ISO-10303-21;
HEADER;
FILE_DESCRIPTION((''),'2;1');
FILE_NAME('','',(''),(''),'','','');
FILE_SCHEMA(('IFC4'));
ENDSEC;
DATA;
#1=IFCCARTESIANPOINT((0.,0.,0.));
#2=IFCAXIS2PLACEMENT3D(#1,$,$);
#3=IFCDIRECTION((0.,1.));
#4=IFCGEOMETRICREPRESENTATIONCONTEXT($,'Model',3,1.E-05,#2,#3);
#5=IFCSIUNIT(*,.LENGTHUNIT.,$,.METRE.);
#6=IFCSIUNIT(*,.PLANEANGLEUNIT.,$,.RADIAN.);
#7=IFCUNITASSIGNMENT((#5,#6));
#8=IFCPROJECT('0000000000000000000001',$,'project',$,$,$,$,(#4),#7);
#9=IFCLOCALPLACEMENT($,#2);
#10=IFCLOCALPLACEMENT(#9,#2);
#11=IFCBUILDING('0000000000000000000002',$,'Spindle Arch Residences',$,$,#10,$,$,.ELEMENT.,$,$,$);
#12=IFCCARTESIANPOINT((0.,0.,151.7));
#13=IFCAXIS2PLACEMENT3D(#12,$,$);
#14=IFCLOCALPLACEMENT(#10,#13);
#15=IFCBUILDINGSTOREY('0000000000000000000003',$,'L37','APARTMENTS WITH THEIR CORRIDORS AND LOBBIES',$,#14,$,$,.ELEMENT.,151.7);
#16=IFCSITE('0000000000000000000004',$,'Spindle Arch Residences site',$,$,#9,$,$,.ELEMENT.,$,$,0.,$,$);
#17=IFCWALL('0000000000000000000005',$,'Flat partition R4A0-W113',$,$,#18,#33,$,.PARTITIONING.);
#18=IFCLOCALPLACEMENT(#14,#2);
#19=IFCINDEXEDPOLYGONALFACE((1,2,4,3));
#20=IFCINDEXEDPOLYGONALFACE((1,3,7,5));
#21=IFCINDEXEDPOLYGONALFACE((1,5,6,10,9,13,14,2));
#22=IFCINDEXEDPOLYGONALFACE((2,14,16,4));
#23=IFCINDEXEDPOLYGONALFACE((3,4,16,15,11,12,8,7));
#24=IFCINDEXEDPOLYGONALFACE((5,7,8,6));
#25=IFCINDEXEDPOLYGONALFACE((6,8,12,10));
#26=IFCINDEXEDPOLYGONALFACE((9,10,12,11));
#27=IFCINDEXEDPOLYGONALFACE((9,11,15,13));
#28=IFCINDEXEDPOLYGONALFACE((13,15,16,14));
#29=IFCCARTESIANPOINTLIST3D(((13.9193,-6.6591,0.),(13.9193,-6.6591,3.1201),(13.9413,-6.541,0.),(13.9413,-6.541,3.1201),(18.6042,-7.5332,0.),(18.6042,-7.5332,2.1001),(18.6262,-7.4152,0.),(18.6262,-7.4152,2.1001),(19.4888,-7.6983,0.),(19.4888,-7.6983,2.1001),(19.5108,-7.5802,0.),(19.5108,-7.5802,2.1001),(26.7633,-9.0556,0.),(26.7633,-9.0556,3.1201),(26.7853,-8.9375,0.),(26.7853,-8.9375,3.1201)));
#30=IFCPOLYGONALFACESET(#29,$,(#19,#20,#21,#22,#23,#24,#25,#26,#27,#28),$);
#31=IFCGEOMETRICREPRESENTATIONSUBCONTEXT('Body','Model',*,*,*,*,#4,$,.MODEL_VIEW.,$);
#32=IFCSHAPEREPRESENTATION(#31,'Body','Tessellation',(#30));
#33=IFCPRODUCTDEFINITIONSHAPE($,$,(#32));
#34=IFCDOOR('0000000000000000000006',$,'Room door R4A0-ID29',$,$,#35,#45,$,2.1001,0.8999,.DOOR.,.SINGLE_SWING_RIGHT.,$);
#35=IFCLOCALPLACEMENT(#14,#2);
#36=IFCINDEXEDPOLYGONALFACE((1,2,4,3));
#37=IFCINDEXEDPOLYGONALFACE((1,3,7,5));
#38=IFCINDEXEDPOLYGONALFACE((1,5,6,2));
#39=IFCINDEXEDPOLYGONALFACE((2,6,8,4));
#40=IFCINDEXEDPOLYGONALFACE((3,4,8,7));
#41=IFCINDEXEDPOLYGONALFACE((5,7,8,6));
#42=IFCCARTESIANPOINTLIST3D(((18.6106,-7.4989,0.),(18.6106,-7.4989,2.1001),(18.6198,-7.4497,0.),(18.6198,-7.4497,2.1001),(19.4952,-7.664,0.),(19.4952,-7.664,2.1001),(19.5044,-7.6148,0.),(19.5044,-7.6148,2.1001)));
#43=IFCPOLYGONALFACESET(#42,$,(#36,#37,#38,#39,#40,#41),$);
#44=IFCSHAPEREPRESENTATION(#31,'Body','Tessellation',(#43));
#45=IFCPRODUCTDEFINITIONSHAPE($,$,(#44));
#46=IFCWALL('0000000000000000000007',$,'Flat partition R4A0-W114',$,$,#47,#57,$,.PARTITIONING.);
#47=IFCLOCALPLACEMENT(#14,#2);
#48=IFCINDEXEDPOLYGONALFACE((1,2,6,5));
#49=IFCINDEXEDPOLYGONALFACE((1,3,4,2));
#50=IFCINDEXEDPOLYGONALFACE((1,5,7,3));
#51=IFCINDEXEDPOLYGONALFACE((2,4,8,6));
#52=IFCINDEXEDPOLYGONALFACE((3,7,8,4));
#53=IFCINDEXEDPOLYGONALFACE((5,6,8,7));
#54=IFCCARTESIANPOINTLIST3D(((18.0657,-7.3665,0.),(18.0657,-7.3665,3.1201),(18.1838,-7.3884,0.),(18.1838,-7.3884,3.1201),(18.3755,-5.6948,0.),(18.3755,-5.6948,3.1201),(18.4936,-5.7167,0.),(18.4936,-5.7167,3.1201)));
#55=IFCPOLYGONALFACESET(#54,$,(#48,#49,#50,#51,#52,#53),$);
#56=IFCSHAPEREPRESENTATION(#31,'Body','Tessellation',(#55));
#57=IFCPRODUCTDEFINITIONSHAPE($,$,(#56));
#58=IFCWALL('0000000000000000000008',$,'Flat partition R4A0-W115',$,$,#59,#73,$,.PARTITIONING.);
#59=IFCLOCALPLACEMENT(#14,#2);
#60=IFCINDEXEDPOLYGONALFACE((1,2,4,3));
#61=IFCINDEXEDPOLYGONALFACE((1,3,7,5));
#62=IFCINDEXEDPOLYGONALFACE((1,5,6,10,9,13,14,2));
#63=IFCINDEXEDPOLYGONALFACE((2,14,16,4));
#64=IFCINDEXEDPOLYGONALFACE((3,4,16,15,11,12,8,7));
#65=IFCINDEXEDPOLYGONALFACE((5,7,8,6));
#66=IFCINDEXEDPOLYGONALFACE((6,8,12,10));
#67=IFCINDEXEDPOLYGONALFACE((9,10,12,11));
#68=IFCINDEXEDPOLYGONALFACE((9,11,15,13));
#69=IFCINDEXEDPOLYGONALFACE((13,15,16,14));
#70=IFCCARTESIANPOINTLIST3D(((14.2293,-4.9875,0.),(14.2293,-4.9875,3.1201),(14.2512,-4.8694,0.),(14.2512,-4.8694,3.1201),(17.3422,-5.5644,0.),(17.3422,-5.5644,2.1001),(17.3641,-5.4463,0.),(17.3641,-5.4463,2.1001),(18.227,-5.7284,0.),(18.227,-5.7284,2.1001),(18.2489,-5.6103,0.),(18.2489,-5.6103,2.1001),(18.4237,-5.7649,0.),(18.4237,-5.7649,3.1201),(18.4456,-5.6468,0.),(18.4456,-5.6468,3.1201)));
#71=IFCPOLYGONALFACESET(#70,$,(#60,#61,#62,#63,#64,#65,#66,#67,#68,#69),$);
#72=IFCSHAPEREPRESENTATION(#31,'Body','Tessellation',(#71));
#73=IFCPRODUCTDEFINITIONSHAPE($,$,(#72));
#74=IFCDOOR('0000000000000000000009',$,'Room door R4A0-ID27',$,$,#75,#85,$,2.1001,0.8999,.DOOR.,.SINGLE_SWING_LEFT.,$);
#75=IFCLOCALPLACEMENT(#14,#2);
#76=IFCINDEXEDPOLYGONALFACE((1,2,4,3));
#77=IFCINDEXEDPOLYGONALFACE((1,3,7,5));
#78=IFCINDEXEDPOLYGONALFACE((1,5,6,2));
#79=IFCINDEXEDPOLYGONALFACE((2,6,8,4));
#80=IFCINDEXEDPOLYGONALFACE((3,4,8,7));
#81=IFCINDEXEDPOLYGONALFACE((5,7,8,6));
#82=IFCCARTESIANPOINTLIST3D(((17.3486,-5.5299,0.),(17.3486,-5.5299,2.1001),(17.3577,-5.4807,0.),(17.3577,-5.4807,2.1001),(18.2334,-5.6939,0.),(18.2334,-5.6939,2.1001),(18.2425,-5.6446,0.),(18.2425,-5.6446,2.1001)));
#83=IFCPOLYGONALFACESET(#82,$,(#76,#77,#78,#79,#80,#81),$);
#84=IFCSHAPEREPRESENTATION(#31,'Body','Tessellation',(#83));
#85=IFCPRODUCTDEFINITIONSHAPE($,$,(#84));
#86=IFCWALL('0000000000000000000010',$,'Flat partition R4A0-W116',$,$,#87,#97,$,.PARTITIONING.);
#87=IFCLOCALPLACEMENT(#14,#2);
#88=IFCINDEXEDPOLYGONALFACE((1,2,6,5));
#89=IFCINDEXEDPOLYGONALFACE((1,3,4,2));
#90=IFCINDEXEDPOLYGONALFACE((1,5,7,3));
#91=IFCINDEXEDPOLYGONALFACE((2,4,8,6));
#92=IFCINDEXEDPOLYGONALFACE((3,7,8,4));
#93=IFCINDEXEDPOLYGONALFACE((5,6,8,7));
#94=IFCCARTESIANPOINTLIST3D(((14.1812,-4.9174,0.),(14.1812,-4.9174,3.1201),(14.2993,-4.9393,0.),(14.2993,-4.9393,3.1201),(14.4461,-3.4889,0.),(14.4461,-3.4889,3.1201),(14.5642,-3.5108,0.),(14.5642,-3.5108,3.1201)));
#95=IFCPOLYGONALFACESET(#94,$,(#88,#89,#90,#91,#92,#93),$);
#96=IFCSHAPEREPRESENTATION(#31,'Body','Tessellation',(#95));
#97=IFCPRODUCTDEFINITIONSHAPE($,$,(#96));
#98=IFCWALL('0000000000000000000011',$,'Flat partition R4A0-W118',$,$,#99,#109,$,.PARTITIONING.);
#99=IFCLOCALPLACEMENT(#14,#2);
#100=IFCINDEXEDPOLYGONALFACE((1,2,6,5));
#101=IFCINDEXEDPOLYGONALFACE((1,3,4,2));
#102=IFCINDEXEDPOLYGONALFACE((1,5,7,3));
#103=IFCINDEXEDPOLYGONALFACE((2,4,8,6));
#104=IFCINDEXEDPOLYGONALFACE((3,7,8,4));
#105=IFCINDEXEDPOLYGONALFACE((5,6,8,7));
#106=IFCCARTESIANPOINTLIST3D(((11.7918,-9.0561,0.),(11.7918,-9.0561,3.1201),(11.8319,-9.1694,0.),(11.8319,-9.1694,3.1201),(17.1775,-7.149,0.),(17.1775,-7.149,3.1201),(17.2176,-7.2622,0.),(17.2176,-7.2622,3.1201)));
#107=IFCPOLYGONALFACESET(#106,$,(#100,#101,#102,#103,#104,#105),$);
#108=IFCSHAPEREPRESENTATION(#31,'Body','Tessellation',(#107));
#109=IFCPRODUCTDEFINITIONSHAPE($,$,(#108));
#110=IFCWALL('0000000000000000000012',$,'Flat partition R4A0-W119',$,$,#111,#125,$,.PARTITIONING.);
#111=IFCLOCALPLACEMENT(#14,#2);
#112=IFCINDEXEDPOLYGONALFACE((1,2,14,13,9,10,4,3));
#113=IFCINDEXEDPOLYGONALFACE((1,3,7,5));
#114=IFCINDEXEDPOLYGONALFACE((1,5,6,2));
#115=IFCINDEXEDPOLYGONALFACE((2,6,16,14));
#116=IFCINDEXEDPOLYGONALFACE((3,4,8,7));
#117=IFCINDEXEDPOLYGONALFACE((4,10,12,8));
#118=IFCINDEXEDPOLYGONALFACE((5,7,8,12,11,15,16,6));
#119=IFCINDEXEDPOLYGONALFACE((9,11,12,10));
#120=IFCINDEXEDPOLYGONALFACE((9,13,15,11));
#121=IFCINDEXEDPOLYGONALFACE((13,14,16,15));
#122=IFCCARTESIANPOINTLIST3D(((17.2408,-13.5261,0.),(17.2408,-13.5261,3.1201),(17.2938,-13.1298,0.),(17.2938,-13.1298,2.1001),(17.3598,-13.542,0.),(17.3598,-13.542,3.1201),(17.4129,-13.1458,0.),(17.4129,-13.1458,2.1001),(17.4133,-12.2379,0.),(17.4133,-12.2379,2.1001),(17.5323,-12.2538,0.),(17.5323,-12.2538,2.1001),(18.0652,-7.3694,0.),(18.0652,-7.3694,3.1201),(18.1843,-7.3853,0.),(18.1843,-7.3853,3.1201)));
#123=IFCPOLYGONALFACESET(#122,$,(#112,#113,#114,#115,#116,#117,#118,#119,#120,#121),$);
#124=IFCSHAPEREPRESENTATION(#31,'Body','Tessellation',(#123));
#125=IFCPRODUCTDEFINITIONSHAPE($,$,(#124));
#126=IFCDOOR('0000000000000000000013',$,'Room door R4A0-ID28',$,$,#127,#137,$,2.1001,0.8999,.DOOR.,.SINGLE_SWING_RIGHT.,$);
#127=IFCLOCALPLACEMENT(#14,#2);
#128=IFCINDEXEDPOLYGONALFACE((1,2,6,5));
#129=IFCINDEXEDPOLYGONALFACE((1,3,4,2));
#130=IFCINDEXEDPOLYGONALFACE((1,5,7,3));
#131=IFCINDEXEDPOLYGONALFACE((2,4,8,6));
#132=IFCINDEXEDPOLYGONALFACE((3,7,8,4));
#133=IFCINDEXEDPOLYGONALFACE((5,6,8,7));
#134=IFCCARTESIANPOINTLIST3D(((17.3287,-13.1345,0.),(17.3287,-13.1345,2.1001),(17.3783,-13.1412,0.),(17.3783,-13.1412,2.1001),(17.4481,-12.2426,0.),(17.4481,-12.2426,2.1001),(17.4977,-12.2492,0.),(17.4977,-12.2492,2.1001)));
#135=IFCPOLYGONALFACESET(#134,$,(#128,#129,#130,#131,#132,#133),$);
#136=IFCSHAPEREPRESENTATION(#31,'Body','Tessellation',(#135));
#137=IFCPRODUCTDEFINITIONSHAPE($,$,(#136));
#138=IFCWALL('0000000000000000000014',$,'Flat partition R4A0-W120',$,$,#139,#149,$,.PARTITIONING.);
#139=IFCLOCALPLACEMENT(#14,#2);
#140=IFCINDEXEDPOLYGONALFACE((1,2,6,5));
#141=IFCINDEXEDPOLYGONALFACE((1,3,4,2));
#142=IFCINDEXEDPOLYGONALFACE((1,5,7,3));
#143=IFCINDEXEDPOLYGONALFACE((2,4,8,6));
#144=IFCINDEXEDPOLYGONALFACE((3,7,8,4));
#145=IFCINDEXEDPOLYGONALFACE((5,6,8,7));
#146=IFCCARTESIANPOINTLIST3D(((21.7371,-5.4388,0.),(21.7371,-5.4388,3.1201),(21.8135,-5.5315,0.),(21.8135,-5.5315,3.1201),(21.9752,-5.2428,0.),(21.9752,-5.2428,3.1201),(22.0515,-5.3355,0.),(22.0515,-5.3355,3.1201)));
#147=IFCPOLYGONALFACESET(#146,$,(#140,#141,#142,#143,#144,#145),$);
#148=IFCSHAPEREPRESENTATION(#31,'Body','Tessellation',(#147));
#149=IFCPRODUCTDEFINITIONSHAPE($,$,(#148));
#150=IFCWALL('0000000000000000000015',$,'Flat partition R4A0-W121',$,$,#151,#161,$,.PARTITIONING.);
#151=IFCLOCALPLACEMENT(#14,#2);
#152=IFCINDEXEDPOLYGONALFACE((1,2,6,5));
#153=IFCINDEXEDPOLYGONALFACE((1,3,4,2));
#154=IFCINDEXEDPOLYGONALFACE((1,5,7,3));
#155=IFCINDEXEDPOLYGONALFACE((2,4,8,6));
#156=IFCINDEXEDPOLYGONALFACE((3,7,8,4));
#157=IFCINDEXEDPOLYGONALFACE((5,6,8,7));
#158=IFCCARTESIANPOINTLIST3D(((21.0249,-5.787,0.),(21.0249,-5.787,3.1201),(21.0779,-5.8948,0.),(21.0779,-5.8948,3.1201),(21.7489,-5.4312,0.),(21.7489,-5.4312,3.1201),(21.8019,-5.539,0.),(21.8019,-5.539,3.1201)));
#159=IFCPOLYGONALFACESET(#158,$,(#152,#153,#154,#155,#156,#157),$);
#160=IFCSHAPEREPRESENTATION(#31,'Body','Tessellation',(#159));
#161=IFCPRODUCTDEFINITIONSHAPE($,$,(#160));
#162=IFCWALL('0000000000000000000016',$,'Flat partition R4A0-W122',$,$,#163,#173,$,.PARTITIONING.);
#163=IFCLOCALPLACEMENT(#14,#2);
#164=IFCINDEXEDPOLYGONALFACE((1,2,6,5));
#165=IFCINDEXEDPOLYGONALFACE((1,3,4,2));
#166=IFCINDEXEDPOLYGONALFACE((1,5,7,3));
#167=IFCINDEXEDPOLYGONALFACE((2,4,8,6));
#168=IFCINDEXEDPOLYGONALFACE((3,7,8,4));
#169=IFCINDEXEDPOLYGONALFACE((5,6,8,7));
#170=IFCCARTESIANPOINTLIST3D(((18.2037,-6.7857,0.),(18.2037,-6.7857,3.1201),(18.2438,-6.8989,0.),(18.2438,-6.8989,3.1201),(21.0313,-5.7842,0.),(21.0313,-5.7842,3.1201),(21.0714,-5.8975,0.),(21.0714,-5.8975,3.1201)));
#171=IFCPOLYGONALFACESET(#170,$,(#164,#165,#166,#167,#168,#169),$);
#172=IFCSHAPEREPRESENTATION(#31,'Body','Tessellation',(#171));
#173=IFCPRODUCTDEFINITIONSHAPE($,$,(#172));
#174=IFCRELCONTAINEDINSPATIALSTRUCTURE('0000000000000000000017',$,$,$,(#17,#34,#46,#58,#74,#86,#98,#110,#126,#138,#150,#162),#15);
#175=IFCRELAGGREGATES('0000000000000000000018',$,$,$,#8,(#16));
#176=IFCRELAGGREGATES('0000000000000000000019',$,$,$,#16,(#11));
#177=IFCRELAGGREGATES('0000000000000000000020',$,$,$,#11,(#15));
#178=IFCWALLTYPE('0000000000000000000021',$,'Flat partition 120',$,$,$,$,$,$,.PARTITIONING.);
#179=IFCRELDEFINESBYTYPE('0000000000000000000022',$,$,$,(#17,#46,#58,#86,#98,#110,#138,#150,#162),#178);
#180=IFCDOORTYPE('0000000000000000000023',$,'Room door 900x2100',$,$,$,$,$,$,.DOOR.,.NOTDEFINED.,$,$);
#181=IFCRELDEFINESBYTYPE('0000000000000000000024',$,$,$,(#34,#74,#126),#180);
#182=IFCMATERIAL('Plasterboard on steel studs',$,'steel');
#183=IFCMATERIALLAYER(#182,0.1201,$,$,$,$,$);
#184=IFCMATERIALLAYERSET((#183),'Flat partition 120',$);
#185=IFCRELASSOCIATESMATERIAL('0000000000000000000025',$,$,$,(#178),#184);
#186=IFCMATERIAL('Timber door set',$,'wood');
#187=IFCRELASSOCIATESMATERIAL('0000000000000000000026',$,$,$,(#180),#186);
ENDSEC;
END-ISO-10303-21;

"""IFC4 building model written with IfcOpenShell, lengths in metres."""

from ifc_helpers import new_model, si_unit, direction, frame, frame_2d, origin, place, context, subcontext, project, spatial, rectangle, extrude, material, layer, layer_set, type_object, element, fill, save


model = new_model("IFC4")

# Units and contexts
model_context = context("Model", 3, precision=1e-05, world=origin(), true_north=direction((0.0, 1.0)))
body_context = subcontext(model_context, "Body", "Model", "MODEL_VIEW")
ifc_project = project(units=[si_unit("LENGTHUNIT", "METRE"), si_unit("PLANEANGLEUNIT", "RADIAN")], contexts=[model_context])

# Site, building, storey
site_placement = place(None, origin())
site = spatial("IfcSite", under=ifc_project, at=site_placement, Name="Spindle Arch Residences site", CompositionType="ELEMENT", RefElevation=0.0)
building_placement = place(site_placement, origin())
building = spatial("IfcBuilding", under=site, at=building_placement, Name="Spindle Arch Residences", CompositionType="ELEMENT")
storey_placement = place(building_placement, frame((0.0, 0.0, 151.7)))
storey = spatial("IfcBuildingStorey", under=building, at=storey_placement, Name="L37", Description="APARTMENTS WITH THEIR CORRIDORS AND LOBBIES", CompositionType="ELEMENT", Elevation=151.7)

# Wall, opening, door
ifc_material_1 = material(Name="Plasterboard on steel studs", Category="steel")
ifc_layer_1 = layer(ifc_material_1, 0.1201)
ifc_layer_set_1 = layer_set([ifc_layer_1], Name="Flat partition 120")
wall_type_1 = type_object("IfcWallType", Name="Flat partition 120", PredefinedType="PARTITIONING", material=ifc_layer_set_1)
ifc_material_2 = material(Name="Timber door set", Category="wood")
door_type_1 = type_object("IfcDoorType", Name="Room door 900x2100", OperationType="NOTDEFINED", PredefinedType="DOOR", material=ifc_material_2)
wall_1_placement = place(storey_placement, frame((13.9304, -6.6001, 0.0), z_axis=(0.0, 0.0, 1.0), x_axis=(0.983035, -0.183419, 0.0)))
wall_1 = element("IfcWall", 1, at=wall_1_placement, inside=storey, type_object=wall_type_1, Name="Flat partition R4A0-W113", PredefinedType="PARTITIONING", context=body_context, shape_type="SweptSolid", body=[
    extrude(rectangle(XDim=13.0657, YDim=0.1201, at=frame_2d((6.5327, 0.0))), origin(), (0.0, 0.0, 1.0), 3.1201),
])
opening_1_placement = place(wall_1_placement, frame((4.7656, 0.0, 0.0)))
opening_1 = element("IfcOpeningElement", 2, at=opening_1_placement, cuts=wall_1, PredefinedType="OPENING", context=body_context, shape_type="SweptSolid", body=[
    extrude(rectangle(XDim=0.8999, YDim=2.1001, at=frame_2d((0.45, 1.05))), frame((0.0, 0.0701, 0.0), z_axis=(0.0, -1.0, 0.0), x_axis=(1.0, 0.0, 0.0)), (0.0, 0.0, 1.0), 0.1401),
])
door_1_placement = place(opening_1_placement, origin())
door_1 = element("IfcDoor", 3, at=door_1_placement, inside=storey, type_object=door_type_1, Name="Room door R4A0-ID29", OperationType="SINGLE_SWING_RIGHT", OverallHeight=2.1001, OverallWidth=0.8999, PredefinedType="DOOR", context=body_context, shape_type="SweptSolid", body=[
    extrude(rectangle(XDim=0.8999, YDim=2.1001, at=frame_2d((0.45, 1.05))), frame((0.0, 0.0249, 0.0), z_axis=(0.0, -1.0, 0.0), x_axis=(1.0, 0.0, 0.0)), (0.0, 0.0, 1.0), 0.05),
])
fill(opening_1, door_1)

# Wall
wall_2_placement = place(storey_placement, frame((18.1248, -7.3774, 0.0), z_axis=(0.0, 0.0, 1.0), x_axis=(0.182233, 0.983255, 0.0)))
element("IfcWall", 4, at=wall_2_placement, inside=storey, type_object=wall_type_1, Name="Flat partition R4A0-W114", PredefinedType="PARTITIONING", context=body_context, shape_type="SweptSolid", body=[
    extrude(rectangle(XDim=1.7002, YDim=0.1201, at=frame_2d((0.8501, 0.0))), origin(), (0.0, 0.0, 1.0), 3.1201),
])

# Wall, opening, door
wall_3_placement = place(storey_placement, frame((18.4346, -5.7058, 0.0), z_axis=(0.0, 0.0, 1.0), x_axis=(-0.983256, 0.182229, 0.0)))
wall_3 = element("IfcWall", 5, at=wall_3_placement, inside=storey, type_object=wall_type_1, Name="Flat partition R4A0-W115", PredefinedType="PARTITIONING", context=body_context, shape_type="SweptSolid", body=[
    extrude(rectangle(XDim=4.2659, YDim=0.1201, at=frame_2d((2.1328, 0.0))), origin(), (0.0, 0.0, 1.0), 3.1201),
])
opening_2_placement = place(wall_3_placement, frame((0.2, 0.0, 0.0)))
opening_2 = element("IfcOpeningElement", 6, at=opening_2_placement, cuts=wall_3, PredefinedType="OPENING", context=body_context, shape_type="SweptSolid", body=[
    extrude(rectangle(XDim=0.8999, YDim=2.1001, at=frame_2d((0.45, 1.05))), frame((0.0, 0.0701, 0.0), z_axis=(0.0, -1.0, 0.0), x_axis=(1.0, 0.0, 0.0)), (0.0, 0.0, 1.0), 0.1401),
])
door_2_placement = place(opening_2_placement, origin())
door_2 = element("IfcDoor", 7, at=door_2_placement, inside=storey, type_object=door_type_1, Name="Room door R4A0-ID27", OperationType="SINGLE_SWING_LEFT", OverallHeight=2.1001, OverallWidth=0.8999, PredefinedType="DOOR", context=body_context, shape_type="SweptSolid", body=[
    extrude(rectangle(XDim=0.8999, YDim=2.1001, at=frame_2d((0.45, 1.05))), frame((0.0, 0.0249, 0.0), z_axis=(0.0, -1.0, 0.0), x_axis=(1.0, 0.0, 0.0)), (0.0, 0.0, 1.0), 0.05),
])
fill(opening_2, door_2)

# Walls
wall_4_placement = place(storey_placement, frame((14.2402, -4.9285, 0.0), z_axis=(0.0, 0.0, 1.0), x_axis=(0.18233, 0.983237, 0.0)))
element("IfcWall", 8, at=wall_4_placement, inside=storey, type_object=wall_type_1, Name="Flat partition R4A0-W116", PredefinedType="PARTITIONING", context=body_context, shape_type="SweptSolid", body=[
    extrude(rectangle(XDim=1.4529, YDim=0.1201, at=frame_2d((0.7266, 0.0))), origin(), (0.0, 0.0, 1.0), 3.1201),
])
wall_5_placement = place(storey_placement, frame((17.1975, -7.2056, 0.0), z_axis=(0.0, 0.0, 1.0), x_axis=(-0.94264, -0.333812, 0.0)))
element("IfcWall", 9, at=wall_5_placement, inside=storey, type_object=wall_type_1, Name="Flat partition R4A0-W118", PredefinedType="PARTITIONING", context=body_context, shape_type="SweptSolid", body=[
    extrude(rectangle(XDim=5.7134, YDim=0.1201, at=frame_2d((2.8567, 0.0))), origin(), (0.0, 0.0, 1.0), 3.1201),
])

# Wall, opening, door
wall_6_placement = place(storey_placement, frame((17.3003, -13.5342, 0.0), z_axis=(0.0, 0.0, 1.0), x_axis=(0.132728, 0.991153, 0.0)))
wall_6 = element("IfcWall", 10, at=wall_6_placement, inside=storey, type_object=wall_type_1, Name="Flat partition R4A0-W119", PredefinedType="PARTITIONING", context=body_context, shape_type="SweptSolid", body=[
    extrude(rectangle(XDim=6.2117, YDim=0.1201, at=frame_2d((3.106, 0.0))), origin(), (0.0, 0.0, 1.0), 3.1201),
])
opening_3_placement = place(wall_6_placement, frame((0.3999, 0.0, 0.0)))
opening_3 = element("IfcOpeningElement", 11, at=opening_3_placement, cuts=wall_6, PredefinedType="OPENING", context=body_context, shape_type="SweptSolid", body=[
    extrude(rectangle(XDim=0.8999, YDim=2.1001, at=frame_2d((0.45, 1.05))), frame((0.0, 0.0701, 0.0), z_axis=(0.0, -1.0, 0.0), x_axis=(1.0, 0.0, 0.0)), (0.0, 0.0, 1.0), 0.1401),
])
door_3_placement = place(opening_3_placement, origin())
door_3 = element("IfcDoor", 12, at=door_3_placement, inside=storey, type_object=door_type_1, Name="Room door R4A0-ID28", OperationType="SINGLE_SWING_RIGHT", OverallHeight=2.1001, OverallWidth=0.8999, PredefinedType="DOOR", context=body_context, shape_type="SweptSolid", body=[
    extrude(rectangle(XDim=0.8999, YDim=2.1001, at=frame_2d((0.45, 1.05))), frame((0.0, 0.0249, 0.0), z_axis=(0.0, -1.0, 0.0), x_axis=(1.0, 0.0, 0.0)), (0.0, 0.0, 1.0), 0.05),
])
fill(opening_3, door_3)

# Walls
wall_7_placement = place(storey_placement, frame((22.0134, -5.2891, 0.0), z_axis=(0.0, 0.0, 1.0), x_axis=(-0.771907, -0.635735, 0.0)))
element("IfcWall", 13, at=wall_7_placement, inside=storey, type_object=wall_type_1, Name="Flat partition R4A0-W120", PredefinedType="PARTITIONING", context=body_context, shape_type="SweptSolid", body=[
    extrude(rectangle(XDim=0.3083, YDim=0.1201, at=frame_2d((0.1543, 0.0))), origin(), (0.0, 0.0, 1.0), 3.1201),
])
wall_8_placement = place(storey_placement, frame((21.7754, -5.4851, 0.0), z_axis=(0.0, 0.0, 1.0), x_axis=(-0.897493, -0.441028, 0.0)))
element("IfcWall", 14, at=wall_8_placement, inside=storey, type_object=wall_type_1, Name="Flat partition R4A0-W121", PredefinedType="PARTITIONING", context=body_context, shape_type="SweptSolid", body=[
    extrude(rectangle(XDim=0.8066, YDim=0.1201, at=frame_2d((0.4033, 0.0))), origin(), (0.0, 0.0, 1.0), 3.1201),
])
wall_9_placement = place(storey_placement, frame((21.0515, -5.8408, 0.0), z_axis=(0.0, 0.0, 1.0), x_axis=(-0.942626, -0.33385, 0.0)))
element("IfcWall", 15, at=wall_9_placement, inside=storey, type_object=wall_type_1, Name="Flat partition R4A0-W122", PredefinedType="PARTITIONING", context=body_context, shape_type="SweptSolid", body=[
    extrude(rectangle(XDim=2.9998, YDim=0.1201, at=frame_2d((1.5, 0.0))), origin(), (0.0, 0.0, 1.0), 3.1201),
])

save(model, "model.ifc")
